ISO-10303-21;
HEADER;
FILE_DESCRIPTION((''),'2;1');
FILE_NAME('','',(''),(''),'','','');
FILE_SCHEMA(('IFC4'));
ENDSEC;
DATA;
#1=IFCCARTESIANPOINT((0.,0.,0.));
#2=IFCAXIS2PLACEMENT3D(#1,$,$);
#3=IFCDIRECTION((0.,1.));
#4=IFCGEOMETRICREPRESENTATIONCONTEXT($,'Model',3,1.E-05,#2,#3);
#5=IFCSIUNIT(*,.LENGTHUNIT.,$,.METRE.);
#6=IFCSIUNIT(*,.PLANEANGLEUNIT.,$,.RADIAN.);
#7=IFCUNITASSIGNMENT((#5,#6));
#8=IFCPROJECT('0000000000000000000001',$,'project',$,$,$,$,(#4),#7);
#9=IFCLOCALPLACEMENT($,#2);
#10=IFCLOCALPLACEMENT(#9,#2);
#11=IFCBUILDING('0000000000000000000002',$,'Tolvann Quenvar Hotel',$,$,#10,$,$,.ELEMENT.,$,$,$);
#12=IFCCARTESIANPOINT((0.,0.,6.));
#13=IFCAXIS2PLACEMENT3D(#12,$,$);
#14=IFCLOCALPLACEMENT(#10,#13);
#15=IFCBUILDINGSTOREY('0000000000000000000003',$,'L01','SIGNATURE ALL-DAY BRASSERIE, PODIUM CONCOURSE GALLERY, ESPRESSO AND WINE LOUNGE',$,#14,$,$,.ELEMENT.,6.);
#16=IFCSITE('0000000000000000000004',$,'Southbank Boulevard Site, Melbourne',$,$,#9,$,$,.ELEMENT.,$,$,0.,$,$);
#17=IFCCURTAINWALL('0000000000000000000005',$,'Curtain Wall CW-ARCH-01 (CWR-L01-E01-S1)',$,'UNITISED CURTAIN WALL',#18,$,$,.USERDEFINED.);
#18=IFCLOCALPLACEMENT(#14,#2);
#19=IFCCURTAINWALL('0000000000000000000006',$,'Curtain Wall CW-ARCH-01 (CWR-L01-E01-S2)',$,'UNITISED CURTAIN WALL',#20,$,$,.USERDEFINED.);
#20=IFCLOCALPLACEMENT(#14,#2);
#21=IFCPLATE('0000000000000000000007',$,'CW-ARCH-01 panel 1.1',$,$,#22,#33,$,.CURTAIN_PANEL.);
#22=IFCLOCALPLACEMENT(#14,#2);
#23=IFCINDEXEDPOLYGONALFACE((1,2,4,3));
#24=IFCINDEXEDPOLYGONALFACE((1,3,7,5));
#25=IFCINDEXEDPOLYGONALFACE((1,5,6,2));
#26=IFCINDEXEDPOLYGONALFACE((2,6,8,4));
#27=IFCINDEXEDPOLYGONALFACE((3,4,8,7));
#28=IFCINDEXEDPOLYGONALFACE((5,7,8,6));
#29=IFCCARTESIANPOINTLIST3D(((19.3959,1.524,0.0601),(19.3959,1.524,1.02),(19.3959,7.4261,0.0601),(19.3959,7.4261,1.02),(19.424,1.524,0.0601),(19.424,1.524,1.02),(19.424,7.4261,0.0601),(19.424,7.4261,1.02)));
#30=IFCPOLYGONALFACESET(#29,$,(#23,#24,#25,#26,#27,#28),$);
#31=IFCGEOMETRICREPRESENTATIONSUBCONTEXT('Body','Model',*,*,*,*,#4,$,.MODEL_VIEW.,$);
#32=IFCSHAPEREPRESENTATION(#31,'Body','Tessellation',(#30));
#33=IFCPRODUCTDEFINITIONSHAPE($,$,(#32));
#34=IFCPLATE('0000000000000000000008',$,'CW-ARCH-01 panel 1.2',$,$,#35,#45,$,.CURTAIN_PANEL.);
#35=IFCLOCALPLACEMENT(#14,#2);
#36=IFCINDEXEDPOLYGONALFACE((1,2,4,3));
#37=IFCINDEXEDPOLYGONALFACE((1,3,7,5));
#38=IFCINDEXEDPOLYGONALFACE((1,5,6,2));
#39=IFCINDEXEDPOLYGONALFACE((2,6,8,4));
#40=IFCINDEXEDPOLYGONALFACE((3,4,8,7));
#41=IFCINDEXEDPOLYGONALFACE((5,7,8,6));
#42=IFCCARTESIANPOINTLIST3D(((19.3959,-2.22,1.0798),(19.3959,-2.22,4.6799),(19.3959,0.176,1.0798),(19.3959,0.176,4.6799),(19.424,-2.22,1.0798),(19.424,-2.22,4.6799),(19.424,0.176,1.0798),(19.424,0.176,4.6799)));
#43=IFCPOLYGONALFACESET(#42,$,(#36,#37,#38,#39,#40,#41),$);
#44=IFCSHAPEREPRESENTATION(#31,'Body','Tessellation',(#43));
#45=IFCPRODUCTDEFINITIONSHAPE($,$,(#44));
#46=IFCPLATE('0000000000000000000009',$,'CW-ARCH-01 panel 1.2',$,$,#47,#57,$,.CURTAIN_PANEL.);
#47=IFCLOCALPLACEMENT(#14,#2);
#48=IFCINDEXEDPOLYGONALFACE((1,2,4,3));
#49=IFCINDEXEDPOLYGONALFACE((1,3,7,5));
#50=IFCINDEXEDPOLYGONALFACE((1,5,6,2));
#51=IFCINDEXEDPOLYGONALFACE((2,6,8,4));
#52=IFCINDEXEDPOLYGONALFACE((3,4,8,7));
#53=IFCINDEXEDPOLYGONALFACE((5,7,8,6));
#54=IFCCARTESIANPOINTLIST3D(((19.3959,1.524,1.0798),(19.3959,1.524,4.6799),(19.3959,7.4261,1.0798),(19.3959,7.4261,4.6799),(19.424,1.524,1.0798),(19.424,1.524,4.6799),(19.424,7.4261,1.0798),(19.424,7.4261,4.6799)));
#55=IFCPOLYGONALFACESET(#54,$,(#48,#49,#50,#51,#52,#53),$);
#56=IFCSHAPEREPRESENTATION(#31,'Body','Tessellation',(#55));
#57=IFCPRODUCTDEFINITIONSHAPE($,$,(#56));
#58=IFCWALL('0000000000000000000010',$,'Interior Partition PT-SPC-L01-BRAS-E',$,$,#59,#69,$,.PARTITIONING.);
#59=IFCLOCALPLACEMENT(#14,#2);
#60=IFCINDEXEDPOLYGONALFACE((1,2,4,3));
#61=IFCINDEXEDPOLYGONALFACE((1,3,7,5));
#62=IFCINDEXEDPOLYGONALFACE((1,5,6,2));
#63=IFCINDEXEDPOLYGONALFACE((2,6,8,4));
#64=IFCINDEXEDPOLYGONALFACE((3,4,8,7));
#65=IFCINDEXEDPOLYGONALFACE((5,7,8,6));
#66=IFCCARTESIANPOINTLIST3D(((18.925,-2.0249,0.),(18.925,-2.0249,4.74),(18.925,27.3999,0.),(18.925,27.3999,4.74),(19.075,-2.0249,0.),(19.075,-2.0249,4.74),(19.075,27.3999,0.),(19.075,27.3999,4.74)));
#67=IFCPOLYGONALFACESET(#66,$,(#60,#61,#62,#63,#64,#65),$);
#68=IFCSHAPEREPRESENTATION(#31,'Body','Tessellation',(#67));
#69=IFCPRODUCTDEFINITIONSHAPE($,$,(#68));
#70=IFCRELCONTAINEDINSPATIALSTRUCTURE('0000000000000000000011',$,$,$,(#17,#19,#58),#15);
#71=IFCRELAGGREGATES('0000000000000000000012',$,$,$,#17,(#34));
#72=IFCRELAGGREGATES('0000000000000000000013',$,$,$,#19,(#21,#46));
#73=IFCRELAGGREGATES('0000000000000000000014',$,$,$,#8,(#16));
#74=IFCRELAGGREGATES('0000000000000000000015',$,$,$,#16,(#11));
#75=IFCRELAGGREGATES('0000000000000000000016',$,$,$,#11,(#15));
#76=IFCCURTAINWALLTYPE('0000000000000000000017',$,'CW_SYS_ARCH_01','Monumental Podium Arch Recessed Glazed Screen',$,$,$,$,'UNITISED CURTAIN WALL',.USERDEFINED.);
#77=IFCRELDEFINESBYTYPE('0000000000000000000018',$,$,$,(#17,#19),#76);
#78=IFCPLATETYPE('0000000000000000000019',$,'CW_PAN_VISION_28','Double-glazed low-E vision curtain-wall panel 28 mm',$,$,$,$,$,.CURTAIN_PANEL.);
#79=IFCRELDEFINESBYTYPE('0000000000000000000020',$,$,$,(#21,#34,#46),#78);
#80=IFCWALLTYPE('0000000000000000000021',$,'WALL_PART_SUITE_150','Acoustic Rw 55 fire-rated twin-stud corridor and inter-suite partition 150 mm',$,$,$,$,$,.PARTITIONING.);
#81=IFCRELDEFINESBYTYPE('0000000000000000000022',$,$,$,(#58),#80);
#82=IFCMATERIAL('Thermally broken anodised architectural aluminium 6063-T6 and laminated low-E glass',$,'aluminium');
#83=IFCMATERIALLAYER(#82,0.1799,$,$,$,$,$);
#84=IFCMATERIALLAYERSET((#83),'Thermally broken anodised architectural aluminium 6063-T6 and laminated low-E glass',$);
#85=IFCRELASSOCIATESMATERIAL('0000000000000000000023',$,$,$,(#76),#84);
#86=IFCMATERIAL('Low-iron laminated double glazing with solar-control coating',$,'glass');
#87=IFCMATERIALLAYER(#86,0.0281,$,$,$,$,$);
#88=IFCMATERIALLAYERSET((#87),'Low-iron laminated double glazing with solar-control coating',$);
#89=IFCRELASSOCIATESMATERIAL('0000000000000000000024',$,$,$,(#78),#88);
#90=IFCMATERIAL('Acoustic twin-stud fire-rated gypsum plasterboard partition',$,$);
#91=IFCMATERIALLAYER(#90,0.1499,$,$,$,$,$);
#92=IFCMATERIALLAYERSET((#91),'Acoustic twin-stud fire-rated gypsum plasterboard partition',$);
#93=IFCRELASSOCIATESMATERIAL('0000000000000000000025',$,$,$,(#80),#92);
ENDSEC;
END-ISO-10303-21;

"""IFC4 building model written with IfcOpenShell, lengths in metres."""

from ifc_helpers import new_model, si_unit, direction, frame, frame_2d, origin, origin_2d, place, context, subcontext, project, spatial, rectangle, extrude, source, transform, mapped, material, layer, layer_set, type_object, element, aggregate, save


model = new_model("IFC4")

# Units and contexts
model_context = context("Model", 3, precision=1e-05, world=origin(), true_north=direction((0.0, 1.0)))
body_context = subcontext(model_context, "Body", "Model", "MODEL_VIEW")
ifc_project = project(units=[si_unit("LENGTHUNIT", "METRE"), si_unit("PLANEANGLEUNIT", "RADIAN")], contexts=[model_context])

# Site, building, storey
site_placement = place(None, origin())
site = spatial("IfcSite", under=ifc_project, at=site_placement, Name="Southbank Boulevard Site, Melbourne", CompositionType="ELEMENT", RefElevation=0.0)
building_placement = place(site_placement, origin())
building = spatial("IfcBuilding", under=site, at=building_placement, Name="Tolvann Quenvar Hotel", CompositionType="ELEMENT")
storey_placement = place(building_placement, frame((0.0, 0.0, 6.0)))
storey = spatial("IfcBuildingStorey", under=building, at=storey_placement, Name="L01", Description="SIGNATURE ALL-DAY BRASSERIE, PODIUM CONCOURSE GALLERY, ESPRESSO AND WINE LOUNGE", CompositionType="ELEMENT", Elevation=6.0)

# Curtain walls
ifc_material_1 = material(Name="Thermally broken anodised architectural aluminium 6063-T6 and laminated low-E glass", Category="aluminium")
ifc_layer_1 = layer(ifc_material_1, 0.1799)
ifc_layer_set_1 = layer_set([ifc_layer_1], Name="Thermally broken anodised architectural aluminium 6063-T6 and laminated low-E glass")
curtain_wall_type = type_object("IfcCurtainWallType", Name="CW_SYS_ARCH_01", Description="Monumental Podium Arch Recessed Glazed Screen", ElementType="UNITISED CURTAIN WALL", PredefinedType="USERDEFINED", material=ifc_layer_set_1)
curtain_wall_1_placement = place(storey_placement, origin())
curtain_wall_1 = element("IfcCurtainWall", 1, at=curtain_wall_1_placement, inside=storey, type_object=curtain_wall_type, Name="Curtain Wall CW-ARCH-01 (CWR-L01-E01-S1)", ObjectType="UNITISED CURTAIN WALL", PredefinedType="USERDEFINED")
curtain_wall_2_placement = place(storey_placement, origin())
curtain_wall_2 = element("IfcCurtainWall", 2, at=curtain_wall_2_placement, inside=storey, type_object=curtain_wall_type, Name="Curtain Wall CW-ARCH-01 (CWR-L01-E01-S2)", ObjectType="UNITISED CURTAIN WALL", PredefinedType="USERDEFINED")

# Plates
ifc_material_2 = material(Name="Low-iron laminated double glazing with solar-control coating", Category="glass")
ifc_layer_2 = layer(ifc_material_2, 0.0281)
ifc_layer_set_2 = layer_set([ifc_layer_2], Name="Low-iron laminated double glazing with solar-control coating")
plate_type = type_object("IfcPlateType", Name="CW_PAN_VISION_28", Description="Double-glazed low-E vision curtain-wall panel 28 mm", PredefinedType="CURTAIN_PANEL", material=ifc_layer_set_2)
shared_shape_1 = source(origin(), body_context, "Body", "SweptSolid", [
    extrude(rectangle(XDim=5.9021, YDim=0.0281, at=origin_2d()), origin(), (0.0, 0.0, 1.0), 0.96),
])
plate_1_placement = place(storey_placement, frame((19.4099, 4.4751, 0.0601), z_axis=(0.0, 0.0, 1.0), x_axis=(0.0, 1.0, 0.0)))
plate_1 = element("IfcPlate", 3, at=plate_1_placement, type_object=plate_type, Name="CW-ARCH-01 panel 1.1", PredefinedType="CURTAIN_PANEL", context=body_context, shape_type="MappedRepresentation", body=[
    mapped(shared_shape_1, transform((0.0, 0.0, 0.0), x_axis=(1.0, 0.0, 0.0), y_axis=(0.0, 1.0, 0.0), z_axis=(0.0, 0.0, 1.0), scale=1.0)),
])
shared_shape_2 = source(origin(), body_context, "Body", "SweptSolid", [
    extrude(rectangle(XDim=2.396, YDim=0.0281, at=origin_2d()), origin(), (0.0, 0.0, 1.0), 3.6001),
])
plate_2_placement = place(storey_placement, frame((19.4099, -1.022, 1.0798), z_axis=(0.0, 0.0, 1.0), x_axis=(0.0, 1.0, 0.0)))
plate_2 = element("IfcPlate", 4, at=plate_2_placement, type_object=plate_type, Name="CW-ARCH-01 panel 1.2", PredefinedType="CURTAIN_PANEL", context=body_context, shape_type="MappedRepresentation", body=[
    mapped(shared_shape_2, transform((0.0, 0.0, 0.0), x_axis=(1.0, 0.0, 0.0), y_axis=(0.0, 1.0, 0.0), z_axis=(0.0, 0.0, 1.0), scale=1.0)),
])
aggregate(curtain_wall_1, [plate_2])
shared_shape_3 = source(origin(), body_context, "Body", "SweptSolid", [
    extrude(rectangle(XDim=5.9021, YDim=0.0281, at=origin_2d()), origin(), (0.0, 0.0, 1.0), 3.6001),
])
plate_3_placement = place(storey_placement, frame((19.4099, 4.4751, 1.0798), z_axis=(0.0, 0.0, 1.0), x_axis=(0.0, 1.0, 0.0)))
plate_3 = element("IfcPlate", 5, at=plate_3_placement, type_object=plate_type, Name="CW-ARCH-01 panel 1.2", PredefinedType="CURTAIN_PANEL", context=body_context, shape_type="MappedRepresentation", body=[
    mapped(shared_shape_3, transform((0.0, 0.0, 0.0), x_axis=(1.0, 0.0, 0.0), y_axis=(0.0, 1.0, 0.0), z_axis=(0.0, 0.0, 1.0), scale=1.0)),
])
aggregate(curtain_wall_2, [plate_1, plate_3])

# Wall
ifc_material_3 = material(Name="Acoustic twin-stud fire-rated gypsum plasterboard partition")
ifc_layer_3 = layer(ifc_material_3, 0.1499)
ifc_layer_set_3 = layer_set([ifc_layer_3], Name="Acoustic twin-stud fire-rated gypsum plasterboard partition")
wall_type = type_object("IfcWallType", Name="WALL_PART_SUITE_150", Description="Acoustic Rw 55 fire-rated twin-stud corridor and inter-suite partition 150 mm", PredefinedType="PARTITIONING", material=ifc_layer_set_3)
wall_placement = place(storey_placement, frame((19.0, -2.0249, 0.0), z_axis=(0.0, 0.0, 1.0), x_axis=(0.0, 1.0, 0.0)))
element("IfcWall", 6, at=wall_placement, inside=storey, type_object=wall_type, Name="Interior Partition PT-SPC-L01-BRAS-E", PredefinedType="PARTITIONING", context=body_context, shape_type="SweptSolid", body=[
    extrude(rectangle(XDim=29.4248, YDim=0.1499, at=frame_2d((14.7124, 0.0))), origin(), (0.0, 0.0, 1.0), 4.74),
])

save(model, "model.ifc")
